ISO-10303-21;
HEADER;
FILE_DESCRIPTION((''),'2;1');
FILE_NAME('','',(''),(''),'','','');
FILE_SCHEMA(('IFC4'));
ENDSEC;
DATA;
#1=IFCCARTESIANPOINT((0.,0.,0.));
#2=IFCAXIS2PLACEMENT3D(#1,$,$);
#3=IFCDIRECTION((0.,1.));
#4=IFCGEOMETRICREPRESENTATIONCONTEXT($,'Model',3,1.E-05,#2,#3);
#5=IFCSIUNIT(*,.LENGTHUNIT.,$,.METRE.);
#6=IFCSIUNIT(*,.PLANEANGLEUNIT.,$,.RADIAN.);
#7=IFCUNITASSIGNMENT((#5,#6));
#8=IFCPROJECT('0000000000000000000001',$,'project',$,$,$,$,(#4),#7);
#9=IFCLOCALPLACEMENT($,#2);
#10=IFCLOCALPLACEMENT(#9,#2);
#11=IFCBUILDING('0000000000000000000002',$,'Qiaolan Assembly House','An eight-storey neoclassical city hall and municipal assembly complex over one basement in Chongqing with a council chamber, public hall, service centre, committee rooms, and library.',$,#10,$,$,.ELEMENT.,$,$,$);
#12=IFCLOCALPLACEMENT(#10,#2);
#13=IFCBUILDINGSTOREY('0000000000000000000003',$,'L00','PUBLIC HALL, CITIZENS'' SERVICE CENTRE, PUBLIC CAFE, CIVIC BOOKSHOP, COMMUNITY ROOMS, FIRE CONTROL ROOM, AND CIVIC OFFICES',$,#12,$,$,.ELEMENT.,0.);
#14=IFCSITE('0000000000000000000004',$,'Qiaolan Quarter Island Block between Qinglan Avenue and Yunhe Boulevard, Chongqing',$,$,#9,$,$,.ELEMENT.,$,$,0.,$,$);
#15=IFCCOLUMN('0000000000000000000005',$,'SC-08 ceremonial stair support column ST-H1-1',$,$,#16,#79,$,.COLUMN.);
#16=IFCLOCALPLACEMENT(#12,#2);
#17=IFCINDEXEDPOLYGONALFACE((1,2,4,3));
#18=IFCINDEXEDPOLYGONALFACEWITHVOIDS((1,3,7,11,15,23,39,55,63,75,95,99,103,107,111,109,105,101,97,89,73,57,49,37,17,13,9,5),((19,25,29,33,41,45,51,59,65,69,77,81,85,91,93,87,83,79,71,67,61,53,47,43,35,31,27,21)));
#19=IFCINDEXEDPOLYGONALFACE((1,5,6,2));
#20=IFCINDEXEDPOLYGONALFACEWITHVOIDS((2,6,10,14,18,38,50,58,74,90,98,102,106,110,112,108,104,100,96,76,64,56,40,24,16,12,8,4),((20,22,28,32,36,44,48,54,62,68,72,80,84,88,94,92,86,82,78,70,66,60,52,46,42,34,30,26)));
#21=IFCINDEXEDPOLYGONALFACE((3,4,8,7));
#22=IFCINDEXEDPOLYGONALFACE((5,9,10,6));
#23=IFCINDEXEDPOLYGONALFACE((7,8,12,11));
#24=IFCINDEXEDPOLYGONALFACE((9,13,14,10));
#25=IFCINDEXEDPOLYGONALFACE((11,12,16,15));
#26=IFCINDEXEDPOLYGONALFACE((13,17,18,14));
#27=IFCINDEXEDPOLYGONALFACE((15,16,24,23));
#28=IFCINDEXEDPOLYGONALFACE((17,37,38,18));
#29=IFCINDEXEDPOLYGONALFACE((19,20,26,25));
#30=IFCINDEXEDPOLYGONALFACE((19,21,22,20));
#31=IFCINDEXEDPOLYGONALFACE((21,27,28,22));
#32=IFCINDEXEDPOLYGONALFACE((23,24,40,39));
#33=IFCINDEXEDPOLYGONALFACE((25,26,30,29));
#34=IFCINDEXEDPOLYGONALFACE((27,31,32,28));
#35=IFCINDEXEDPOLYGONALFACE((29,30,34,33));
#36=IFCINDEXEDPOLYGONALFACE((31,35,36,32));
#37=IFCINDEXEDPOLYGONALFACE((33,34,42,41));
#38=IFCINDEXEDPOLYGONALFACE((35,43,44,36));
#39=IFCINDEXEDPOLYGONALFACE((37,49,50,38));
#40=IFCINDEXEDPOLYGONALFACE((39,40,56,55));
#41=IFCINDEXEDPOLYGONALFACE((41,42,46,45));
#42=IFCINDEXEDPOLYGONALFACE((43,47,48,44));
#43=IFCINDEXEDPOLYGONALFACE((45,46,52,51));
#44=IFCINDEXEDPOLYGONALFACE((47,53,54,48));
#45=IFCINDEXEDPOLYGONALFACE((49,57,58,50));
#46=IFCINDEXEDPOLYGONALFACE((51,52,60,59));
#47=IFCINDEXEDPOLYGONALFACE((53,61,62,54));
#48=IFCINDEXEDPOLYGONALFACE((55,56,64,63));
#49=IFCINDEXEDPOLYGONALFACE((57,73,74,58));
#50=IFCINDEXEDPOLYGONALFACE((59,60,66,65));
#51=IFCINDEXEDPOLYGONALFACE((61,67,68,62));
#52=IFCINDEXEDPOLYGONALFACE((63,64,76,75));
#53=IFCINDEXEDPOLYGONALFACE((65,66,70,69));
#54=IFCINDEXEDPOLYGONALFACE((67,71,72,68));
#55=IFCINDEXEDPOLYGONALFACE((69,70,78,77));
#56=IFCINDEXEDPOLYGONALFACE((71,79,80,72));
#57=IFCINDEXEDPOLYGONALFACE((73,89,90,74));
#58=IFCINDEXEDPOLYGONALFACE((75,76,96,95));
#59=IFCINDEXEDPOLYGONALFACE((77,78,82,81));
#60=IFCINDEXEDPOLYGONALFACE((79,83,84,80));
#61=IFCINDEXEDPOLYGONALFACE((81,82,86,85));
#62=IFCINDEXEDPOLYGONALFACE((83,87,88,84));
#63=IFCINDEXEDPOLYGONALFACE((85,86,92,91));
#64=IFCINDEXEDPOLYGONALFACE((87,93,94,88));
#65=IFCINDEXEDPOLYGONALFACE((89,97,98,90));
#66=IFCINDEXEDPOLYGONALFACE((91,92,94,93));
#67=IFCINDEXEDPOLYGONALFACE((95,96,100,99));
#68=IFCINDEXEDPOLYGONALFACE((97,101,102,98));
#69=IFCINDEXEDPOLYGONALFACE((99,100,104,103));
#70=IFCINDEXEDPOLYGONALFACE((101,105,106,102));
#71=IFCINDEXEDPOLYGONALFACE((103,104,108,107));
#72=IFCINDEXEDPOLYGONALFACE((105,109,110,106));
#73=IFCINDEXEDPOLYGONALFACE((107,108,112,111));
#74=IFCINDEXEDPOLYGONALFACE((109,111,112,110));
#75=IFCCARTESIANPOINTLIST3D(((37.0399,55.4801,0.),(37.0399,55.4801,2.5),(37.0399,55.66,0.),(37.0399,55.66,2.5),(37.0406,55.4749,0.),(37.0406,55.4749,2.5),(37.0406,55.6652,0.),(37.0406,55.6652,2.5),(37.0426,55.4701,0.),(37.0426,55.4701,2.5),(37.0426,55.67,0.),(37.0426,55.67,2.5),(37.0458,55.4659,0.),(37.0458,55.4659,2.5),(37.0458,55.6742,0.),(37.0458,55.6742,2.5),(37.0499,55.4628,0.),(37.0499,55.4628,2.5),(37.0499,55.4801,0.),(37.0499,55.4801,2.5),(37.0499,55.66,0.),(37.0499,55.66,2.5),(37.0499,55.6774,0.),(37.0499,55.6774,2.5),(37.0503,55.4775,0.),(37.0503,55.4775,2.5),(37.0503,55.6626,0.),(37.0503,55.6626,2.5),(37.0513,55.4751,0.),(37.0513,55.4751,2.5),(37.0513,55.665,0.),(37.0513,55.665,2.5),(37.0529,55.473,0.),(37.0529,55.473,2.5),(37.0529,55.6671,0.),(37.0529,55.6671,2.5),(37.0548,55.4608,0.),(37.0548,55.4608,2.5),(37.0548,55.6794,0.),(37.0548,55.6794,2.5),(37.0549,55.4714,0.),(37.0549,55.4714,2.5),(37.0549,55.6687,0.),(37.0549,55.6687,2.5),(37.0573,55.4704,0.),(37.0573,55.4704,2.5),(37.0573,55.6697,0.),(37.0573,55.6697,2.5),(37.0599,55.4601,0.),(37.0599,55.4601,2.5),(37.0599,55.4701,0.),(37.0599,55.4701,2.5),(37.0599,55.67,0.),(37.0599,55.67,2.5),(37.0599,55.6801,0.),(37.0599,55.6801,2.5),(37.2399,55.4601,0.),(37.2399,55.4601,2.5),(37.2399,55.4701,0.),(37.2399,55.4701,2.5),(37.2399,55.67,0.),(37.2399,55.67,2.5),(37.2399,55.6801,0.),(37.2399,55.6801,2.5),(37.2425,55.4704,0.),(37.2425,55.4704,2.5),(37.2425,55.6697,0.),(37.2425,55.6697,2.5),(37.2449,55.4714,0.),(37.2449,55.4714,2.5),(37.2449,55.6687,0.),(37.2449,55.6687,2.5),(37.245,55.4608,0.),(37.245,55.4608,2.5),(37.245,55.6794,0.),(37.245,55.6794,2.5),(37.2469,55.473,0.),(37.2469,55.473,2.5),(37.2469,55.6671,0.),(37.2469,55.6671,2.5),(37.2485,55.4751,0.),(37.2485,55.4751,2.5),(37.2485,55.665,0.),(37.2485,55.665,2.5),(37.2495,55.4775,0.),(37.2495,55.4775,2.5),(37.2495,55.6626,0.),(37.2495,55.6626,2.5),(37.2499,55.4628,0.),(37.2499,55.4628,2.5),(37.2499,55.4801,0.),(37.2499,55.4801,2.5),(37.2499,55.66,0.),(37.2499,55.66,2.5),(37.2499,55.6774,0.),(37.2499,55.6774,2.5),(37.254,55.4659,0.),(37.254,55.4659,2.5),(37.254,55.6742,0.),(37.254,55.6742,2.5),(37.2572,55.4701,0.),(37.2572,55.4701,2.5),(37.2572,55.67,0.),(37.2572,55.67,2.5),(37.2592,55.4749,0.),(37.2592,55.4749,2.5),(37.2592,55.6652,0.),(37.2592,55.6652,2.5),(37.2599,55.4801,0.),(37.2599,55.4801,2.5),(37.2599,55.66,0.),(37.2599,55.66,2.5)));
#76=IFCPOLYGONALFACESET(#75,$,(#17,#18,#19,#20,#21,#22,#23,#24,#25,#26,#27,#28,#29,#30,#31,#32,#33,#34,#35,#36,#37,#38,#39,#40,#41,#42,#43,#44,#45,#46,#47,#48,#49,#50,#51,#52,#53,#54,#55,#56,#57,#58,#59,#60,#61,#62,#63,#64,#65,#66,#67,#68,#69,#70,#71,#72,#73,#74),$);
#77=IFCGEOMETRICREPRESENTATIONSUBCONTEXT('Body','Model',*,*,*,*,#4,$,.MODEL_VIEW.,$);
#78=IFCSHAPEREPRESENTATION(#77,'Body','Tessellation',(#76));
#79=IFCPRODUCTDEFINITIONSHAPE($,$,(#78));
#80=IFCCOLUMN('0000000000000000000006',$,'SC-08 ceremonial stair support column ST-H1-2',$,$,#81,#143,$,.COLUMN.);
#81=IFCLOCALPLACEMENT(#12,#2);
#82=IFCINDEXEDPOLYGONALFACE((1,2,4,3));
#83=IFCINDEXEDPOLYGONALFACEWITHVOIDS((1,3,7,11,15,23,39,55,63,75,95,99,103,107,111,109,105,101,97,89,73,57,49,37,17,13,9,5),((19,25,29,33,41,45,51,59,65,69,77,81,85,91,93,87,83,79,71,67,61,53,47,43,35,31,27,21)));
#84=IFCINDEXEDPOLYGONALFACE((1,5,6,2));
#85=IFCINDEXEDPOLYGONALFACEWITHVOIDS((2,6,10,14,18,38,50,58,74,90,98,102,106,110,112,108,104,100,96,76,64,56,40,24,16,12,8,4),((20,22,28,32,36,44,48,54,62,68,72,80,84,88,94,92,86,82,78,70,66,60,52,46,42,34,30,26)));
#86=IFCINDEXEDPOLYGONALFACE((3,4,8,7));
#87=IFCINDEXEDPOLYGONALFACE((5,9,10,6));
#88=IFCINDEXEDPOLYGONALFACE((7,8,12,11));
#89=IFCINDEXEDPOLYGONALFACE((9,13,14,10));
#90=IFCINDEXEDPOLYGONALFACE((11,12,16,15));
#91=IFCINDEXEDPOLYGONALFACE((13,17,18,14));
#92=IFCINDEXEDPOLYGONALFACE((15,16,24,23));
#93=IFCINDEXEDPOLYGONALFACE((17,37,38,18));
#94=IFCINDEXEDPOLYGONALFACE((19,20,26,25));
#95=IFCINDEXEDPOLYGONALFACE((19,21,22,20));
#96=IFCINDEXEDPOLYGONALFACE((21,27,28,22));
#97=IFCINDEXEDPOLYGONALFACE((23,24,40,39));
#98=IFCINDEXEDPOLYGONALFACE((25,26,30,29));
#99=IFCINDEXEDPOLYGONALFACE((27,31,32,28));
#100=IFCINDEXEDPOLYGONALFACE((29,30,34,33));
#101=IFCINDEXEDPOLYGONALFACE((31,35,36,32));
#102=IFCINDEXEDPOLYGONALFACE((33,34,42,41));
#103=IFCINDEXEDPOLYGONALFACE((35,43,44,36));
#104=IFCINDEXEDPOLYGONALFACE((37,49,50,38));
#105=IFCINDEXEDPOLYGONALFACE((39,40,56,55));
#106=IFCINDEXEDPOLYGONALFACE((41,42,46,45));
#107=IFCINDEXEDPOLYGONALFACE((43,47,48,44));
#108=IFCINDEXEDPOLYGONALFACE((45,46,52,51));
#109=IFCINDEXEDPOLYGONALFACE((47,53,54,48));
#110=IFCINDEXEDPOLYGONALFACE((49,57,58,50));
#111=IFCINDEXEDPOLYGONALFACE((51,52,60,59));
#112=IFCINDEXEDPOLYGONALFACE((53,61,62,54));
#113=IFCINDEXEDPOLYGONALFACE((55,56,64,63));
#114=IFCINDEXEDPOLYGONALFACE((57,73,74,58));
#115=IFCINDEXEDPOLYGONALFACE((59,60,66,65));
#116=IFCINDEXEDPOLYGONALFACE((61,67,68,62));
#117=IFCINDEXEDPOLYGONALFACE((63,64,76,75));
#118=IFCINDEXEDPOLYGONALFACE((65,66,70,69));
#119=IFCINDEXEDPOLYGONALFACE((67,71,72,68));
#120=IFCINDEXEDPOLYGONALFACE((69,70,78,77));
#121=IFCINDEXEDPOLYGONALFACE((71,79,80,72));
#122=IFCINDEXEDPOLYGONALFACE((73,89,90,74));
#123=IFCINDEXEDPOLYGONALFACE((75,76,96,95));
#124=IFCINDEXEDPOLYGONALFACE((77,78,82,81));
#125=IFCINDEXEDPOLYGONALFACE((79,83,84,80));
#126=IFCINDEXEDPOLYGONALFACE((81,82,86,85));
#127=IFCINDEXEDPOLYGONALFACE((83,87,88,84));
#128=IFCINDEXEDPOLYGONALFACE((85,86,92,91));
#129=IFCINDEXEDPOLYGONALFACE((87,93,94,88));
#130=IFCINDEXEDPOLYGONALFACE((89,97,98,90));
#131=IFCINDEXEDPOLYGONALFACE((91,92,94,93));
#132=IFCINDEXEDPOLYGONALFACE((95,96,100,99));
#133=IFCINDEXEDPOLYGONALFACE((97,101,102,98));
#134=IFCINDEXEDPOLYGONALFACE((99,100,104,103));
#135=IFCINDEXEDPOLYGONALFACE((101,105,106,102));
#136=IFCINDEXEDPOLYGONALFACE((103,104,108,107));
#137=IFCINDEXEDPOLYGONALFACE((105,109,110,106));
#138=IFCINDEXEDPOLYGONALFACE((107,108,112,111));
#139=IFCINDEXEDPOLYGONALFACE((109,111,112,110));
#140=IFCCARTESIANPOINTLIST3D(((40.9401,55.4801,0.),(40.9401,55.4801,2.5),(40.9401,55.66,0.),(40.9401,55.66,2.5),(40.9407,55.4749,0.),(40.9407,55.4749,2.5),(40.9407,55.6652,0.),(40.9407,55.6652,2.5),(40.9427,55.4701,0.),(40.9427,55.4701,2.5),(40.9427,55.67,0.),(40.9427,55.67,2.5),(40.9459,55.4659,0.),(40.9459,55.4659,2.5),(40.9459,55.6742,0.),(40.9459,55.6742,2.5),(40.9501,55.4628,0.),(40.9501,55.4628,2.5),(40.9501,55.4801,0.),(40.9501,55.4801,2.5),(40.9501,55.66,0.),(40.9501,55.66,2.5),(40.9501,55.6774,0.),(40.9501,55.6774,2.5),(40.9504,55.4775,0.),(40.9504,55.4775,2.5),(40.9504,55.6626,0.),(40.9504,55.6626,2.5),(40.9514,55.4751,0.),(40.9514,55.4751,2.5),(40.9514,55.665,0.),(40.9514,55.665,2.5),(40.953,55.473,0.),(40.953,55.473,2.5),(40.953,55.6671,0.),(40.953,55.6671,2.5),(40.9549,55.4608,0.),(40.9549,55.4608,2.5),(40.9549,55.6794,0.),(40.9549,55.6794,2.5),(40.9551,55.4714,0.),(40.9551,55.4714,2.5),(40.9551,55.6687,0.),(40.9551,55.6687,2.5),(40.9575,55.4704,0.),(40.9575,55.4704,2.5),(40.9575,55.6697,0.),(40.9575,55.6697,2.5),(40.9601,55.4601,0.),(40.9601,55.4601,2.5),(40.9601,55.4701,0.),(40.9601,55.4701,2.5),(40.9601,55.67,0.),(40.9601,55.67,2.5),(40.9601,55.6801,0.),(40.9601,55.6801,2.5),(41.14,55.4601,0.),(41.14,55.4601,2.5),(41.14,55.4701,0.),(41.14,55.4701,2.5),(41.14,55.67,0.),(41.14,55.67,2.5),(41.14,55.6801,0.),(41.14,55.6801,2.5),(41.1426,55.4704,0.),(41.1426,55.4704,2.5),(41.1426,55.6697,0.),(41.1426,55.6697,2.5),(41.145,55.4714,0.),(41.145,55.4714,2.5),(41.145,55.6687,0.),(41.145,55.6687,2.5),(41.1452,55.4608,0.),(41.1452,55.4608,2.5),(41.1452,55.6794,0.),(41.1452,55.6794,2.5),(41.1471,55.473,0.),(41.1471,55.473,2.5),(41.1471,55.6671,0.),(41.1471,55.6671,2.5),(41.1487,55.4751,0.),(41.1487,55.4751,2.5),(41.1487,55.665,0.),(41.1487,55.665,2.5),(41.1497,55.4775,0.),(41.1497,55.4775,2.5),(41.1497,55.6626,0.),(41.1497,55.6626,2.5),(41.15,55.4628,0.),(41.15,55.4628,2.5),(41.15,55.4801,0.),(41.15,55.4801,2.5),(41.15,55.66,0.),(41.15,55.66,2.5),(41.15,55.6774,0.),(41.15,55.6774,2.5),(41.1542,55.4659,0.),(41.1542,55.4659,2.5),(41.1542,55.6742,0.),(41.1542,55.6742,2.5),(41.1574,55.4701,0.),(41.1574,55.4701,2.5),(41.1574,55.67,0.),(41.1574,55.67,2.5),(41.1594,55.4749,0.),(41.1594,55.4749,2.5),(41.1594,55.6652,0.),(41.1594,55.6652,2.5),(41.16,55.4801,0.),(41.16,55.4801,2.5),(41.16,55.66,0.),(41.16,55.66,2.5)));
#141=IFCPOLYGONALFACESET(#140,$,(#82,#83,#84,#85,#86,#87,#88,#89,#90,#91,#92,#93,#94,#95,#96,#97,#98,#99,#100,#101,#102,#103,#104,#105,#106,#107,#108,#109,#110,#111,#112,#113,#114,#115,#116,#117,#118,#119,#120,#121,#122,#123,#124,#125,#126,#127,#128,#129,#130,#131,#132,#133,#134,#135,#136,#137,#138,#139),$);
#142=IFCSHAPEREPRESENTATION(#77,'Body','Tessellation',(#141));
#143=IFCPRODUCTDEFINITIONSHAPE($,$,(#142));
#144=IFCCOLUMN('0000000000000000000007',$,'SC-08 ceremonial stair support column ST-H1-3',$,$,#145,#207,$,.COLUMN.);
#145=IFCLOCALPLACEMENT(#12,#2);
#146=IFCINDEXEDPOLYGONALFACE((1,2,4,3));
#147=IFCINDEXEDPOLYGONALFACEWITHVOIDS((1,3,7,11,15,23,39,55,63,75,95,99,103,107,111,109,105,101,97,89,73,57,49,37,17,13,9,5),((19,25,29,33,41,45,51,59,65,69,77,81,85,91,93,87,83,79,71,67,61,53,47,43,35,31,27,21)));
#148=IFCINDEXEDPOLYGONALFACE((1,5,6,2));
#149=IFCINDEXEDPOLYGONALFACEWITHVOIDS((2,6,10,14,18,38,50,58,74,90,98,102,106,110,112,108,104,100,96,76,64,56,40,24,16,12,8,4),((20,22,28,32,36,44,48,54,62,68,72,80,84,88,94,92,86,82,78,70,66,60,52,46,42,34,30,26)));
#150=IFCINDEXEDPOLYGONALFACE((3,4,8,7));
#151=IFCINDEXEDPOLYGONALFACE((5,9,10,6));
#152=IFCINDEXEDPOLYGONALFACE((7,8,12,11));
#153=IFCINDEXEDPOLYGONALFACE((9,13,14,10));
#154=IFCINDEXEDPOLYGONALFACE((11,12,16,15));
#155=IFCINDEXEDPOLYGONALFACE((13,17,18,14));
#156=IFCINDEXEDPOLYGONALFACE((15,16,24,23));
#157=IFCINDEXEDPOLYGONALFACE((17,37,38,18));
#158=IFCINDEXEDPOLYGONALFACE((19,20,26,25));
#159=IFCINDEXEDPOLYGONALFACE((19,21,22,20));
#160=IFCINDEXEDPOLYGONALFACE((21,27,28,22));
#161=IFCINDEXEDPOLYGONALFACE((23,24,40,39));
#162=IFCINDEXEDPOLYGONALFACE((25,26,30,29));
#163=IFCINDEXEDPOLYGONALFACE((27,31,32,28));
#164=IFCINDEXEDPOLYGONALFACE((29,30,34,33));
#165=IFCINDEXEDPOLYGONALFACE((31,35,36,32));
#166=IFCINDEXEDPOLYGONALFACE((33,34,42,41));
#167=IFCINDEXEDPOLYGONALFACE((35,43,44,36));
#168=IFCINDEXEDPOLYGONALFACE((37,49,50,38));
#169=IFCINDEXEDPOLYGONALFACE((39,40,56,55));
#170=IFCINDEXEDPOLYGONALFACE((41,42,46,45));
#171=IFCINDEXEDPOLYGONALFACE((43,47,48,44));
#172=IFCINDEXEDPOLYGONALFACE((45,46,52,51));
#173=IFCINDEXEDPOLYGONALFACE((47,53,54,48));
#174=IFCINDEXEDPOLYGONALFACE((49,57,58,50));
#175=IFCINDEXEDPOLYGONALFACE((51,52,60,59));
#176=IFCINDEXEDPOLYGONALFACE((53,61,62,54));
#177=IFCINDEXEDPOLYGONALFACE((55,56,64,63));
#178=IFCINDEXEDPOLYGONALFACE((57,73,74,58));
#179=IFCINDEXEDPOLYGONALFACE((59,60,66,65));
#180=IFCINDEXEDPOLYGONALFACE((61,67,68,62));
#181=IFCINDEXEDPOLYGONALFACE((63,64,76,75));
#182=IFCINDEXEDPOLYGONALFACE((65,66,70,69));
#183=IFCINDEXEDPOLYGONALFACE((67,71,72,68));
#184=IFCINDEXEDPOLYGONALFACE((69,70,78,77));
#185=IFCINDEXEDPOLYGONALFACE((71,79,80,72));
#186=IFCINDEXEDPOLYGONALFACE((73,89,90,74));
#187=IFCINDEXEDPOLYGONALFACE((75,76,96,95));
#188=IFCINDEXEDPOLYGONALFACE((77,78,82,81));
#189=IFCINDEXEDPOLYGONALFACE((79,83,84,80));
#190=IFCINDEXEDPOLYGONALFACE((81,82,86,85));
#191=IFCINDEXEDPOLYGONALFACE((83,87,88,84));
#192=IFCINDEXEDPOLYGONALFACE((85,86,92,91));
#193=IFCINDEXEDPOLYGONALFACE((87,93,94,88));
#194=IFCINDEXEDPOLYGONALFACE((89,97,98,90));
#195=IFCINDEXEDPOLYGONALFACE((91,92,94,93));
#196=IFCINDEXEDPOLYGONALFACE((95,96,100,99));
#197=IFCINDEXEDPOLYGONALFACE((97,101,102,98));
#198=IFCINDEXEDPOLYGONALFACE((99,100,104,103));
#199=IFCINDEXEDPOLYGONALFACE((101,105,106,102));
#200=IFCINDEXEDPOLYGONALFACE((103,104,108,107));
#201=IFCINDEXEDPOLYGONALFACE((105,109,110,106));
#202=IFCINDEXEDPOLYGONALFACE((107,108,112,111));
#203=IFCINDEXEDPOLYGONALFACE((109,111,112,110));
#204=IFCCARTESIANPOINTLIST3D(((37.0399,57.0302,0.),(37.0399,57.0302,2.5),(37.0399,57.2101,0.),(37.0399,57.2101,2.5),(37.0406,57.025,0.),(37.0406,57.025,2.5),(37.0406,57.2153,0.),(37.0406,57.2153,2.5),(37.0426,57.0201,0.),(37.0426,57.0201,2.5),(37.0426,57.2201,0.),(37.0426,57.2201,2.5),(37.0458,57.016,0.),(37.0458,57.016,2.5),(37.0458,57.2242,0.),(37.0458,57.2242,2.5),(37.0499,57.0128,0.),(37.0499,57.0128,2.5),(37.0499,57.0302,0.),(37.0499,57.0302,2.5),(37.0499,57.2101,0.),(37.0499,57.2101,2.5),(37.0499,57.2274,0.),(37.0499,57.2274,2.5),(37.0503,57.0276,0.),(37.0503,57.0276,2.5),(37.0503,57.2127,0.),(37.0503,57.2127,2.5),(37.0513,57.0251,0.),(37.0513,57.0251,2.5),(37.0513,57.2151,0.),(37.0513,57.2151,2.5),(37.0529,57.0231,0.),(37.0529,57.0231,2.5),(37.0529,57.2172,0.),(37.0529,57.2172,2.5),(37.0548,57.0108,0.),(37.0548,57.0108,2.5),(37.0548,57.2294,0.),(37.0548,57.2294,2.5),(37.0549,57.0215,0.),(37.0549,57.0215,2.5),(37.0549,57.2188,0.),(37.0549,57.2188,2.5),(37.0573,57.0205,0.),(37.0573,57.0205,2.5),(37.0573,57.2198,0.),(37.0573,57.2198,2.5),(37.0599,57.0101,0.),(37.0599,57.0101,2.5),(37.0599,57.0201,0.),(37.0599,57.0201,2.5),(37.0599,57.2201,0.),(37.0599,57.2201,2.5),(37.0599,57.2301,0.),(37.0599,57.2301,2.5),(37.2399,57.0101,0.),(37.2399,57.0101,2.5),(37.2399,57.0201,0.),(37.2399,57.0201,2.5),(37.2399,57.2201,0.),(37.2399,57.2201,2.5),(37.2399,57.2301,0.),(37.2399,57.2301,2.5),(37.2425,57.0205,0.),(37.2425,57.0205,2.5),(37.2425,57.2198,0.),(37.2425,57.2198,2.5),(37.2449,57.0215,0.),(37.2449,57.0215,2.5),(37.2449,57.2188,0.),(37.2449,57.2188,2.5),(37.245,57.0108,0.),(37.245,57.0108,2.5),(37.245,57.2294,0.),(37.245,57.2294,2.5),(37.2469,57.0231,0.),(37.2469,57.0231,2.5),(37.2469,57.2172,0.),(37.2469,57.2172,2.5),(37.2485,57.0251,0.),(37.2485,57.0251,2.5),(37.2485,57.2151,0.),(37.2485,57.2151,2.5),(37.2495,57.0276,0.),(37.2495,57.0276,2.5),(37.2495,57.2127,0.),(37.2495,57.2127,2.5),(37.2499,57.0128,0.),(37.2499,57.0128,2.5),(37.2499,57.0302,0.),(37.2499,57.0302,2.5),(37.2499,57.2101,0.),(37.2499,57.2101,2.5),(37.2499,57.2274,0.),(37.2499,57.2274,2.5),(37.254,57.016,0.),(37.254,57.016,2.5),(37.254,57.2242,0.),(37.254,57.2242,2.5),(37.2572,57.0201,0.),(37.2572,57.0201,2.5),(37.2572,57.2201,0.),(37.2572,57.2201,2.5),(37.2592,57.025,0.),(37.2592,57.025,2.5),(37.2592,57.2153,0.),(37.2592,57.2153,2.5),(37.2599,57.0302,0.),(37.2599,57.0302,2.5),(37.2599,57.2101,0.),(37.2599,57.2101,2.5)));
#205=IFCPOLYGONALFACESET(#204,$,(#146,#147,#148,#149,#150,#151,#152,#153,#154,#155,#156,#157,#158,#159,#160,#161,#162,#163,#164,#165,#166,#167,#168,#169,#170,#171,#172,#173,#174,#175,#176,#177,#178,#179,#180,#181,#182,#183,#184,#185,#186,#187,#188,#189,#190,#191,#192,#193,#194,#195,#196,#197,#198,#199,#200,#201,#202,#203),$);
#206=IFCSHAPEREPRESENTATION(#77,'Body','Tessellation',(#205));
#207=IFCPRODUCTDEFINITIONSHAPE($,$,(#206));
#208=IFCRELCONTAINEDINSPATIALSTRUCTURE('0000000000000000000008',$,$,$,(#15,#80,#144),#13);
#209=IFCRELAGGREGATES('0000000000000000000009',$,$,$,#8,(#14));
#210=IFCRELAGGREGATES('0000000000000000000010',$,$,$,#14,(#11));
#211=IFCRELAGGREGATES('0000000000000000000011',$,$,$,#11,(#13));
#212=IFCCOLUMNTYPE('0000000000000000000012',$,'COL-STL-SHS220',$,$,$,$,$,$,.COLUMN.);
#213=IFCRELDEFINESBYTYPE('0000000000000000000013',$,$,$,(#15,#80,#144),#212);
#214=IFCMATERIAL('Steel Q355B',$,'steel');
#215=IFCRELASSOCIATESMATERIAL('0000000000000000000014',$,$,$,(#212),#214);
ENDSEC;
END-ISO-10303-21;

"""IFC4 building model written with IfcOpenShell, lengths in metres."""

from ifc_helpers import new_model, si_unit, direction, frame, origin, origin_2d, place, context, subcontext, project, spatial, hollow_rectangle, extrude, material, material_profile, profile_set, type_object, element, save


model = new_model("IFC4")

# Units and contexts
model_context = context("Model", 3, precision=1e-05, world=origin(), true_north=direction((0.0, 1.0)))
body_context = subcontext(model_context, "Body", "Model", "MODEL_VIEW")
ifc_project = project(units=[si_unit("LENGTHUNIT", "METRE"), si_unit("PLANEANGLEUNIT", "RADIAN")], contexts=[model_context])

# Site, building, storey
site_placement = place(None, origin())
site = spatial("IfcSite", under=ifc_project, at=site_placement, Name="Qiaolan Quarter Island Block between Qinglan Avenue and Yunhe Boulevard, Chongqing", CompositionType="ELEMENT", RefElevation=0.0)
building_placement = place(site_placement, origin())
building = spatial("IfcBuilding", under=site, at=building_placement, Name="Qiaolan Assembly House", Description="An eight-storey neoclassical city hall and municipal assembly complex over one basement in Chongqing with a council chamber, public hall, service centre, committee rooms, and library.", CompositionType="ELEMENT")
storey_placement = place(building_placement, origin())
storey = spatial("IfcBuildingStorey", under=building, at=storey_placement, Name="L00", Description="PUBLIC HALL, CITIZENS' SERVICE CENTRE, PUBLIC CAFE, CIVIC BOOKSHOP, COMMUNITY ROOMS, FIRE CONTROL ROOM, AND CIVIC OFFICES", CompositionType="ELEMENT", Elevation=0.0)

# Columns
ifc_material_1 = material(Name="Steel Q355B", Category="steel")
ifc_material_profile_1 = material_profile(ifc_material_1, hollow_rectangle(XDim=0.22, YDim=0.22, WallThickness=0.01, InnerFilletRadius=0.01, OuterFilletRadius=0.02, at=origin_2d()), Name="SHS 220x220x10")
ifc_profile_set_1 = profile_set([ifc_material_profile_1], Name="Steel Q355B")
column_type = type_object("IfcColumnType", Name="COL-STL-SHS220", PredefinedType="COLUMN", material=ifc_profile_set_1)
for number, where, z_axis, x_axis, name in (
    (1, (37.1499, 55.5701, 0.0), (0.0, 0.0, 1.0), (1.0, 0.0, 0.0), "SC-08 ceremonial stair support column ST-H1-1"),
    (2, (41.05, 55.5701, 0.0), (0.0, 0.0, 1.0), (1.0, 0.0, 0.0), "SC-08 ceremonial stair support column ST-H1-2"),
    (3, (37.1499, 57.1201, 0.0), (0.0, 0.0, 1.0), (1.0, 0.0, 0.0), "SC-08 ceremonial stair support column ST-H1-3"),
):
    element("IfcColumn", number, at=place(storey_placement, frame(where, z_axis=z_axis, x_axis=x_axis)), inside=storey, type_object=column_type, Name=name, PredefinedType="COLUMN", context=body_context, shape_type="SweptSolid", body=[
        extrude(hollow_rectangle(XDim=0.22, YDim=0.22, WallThickness=0.01, InnerFilletRadius=0.01, OuterFilletRadius=0.02, at=origin_2d()), origin(), (0.0, 0.0, 1.0), 2.5),
    ])

save(model, "model.ifc")
